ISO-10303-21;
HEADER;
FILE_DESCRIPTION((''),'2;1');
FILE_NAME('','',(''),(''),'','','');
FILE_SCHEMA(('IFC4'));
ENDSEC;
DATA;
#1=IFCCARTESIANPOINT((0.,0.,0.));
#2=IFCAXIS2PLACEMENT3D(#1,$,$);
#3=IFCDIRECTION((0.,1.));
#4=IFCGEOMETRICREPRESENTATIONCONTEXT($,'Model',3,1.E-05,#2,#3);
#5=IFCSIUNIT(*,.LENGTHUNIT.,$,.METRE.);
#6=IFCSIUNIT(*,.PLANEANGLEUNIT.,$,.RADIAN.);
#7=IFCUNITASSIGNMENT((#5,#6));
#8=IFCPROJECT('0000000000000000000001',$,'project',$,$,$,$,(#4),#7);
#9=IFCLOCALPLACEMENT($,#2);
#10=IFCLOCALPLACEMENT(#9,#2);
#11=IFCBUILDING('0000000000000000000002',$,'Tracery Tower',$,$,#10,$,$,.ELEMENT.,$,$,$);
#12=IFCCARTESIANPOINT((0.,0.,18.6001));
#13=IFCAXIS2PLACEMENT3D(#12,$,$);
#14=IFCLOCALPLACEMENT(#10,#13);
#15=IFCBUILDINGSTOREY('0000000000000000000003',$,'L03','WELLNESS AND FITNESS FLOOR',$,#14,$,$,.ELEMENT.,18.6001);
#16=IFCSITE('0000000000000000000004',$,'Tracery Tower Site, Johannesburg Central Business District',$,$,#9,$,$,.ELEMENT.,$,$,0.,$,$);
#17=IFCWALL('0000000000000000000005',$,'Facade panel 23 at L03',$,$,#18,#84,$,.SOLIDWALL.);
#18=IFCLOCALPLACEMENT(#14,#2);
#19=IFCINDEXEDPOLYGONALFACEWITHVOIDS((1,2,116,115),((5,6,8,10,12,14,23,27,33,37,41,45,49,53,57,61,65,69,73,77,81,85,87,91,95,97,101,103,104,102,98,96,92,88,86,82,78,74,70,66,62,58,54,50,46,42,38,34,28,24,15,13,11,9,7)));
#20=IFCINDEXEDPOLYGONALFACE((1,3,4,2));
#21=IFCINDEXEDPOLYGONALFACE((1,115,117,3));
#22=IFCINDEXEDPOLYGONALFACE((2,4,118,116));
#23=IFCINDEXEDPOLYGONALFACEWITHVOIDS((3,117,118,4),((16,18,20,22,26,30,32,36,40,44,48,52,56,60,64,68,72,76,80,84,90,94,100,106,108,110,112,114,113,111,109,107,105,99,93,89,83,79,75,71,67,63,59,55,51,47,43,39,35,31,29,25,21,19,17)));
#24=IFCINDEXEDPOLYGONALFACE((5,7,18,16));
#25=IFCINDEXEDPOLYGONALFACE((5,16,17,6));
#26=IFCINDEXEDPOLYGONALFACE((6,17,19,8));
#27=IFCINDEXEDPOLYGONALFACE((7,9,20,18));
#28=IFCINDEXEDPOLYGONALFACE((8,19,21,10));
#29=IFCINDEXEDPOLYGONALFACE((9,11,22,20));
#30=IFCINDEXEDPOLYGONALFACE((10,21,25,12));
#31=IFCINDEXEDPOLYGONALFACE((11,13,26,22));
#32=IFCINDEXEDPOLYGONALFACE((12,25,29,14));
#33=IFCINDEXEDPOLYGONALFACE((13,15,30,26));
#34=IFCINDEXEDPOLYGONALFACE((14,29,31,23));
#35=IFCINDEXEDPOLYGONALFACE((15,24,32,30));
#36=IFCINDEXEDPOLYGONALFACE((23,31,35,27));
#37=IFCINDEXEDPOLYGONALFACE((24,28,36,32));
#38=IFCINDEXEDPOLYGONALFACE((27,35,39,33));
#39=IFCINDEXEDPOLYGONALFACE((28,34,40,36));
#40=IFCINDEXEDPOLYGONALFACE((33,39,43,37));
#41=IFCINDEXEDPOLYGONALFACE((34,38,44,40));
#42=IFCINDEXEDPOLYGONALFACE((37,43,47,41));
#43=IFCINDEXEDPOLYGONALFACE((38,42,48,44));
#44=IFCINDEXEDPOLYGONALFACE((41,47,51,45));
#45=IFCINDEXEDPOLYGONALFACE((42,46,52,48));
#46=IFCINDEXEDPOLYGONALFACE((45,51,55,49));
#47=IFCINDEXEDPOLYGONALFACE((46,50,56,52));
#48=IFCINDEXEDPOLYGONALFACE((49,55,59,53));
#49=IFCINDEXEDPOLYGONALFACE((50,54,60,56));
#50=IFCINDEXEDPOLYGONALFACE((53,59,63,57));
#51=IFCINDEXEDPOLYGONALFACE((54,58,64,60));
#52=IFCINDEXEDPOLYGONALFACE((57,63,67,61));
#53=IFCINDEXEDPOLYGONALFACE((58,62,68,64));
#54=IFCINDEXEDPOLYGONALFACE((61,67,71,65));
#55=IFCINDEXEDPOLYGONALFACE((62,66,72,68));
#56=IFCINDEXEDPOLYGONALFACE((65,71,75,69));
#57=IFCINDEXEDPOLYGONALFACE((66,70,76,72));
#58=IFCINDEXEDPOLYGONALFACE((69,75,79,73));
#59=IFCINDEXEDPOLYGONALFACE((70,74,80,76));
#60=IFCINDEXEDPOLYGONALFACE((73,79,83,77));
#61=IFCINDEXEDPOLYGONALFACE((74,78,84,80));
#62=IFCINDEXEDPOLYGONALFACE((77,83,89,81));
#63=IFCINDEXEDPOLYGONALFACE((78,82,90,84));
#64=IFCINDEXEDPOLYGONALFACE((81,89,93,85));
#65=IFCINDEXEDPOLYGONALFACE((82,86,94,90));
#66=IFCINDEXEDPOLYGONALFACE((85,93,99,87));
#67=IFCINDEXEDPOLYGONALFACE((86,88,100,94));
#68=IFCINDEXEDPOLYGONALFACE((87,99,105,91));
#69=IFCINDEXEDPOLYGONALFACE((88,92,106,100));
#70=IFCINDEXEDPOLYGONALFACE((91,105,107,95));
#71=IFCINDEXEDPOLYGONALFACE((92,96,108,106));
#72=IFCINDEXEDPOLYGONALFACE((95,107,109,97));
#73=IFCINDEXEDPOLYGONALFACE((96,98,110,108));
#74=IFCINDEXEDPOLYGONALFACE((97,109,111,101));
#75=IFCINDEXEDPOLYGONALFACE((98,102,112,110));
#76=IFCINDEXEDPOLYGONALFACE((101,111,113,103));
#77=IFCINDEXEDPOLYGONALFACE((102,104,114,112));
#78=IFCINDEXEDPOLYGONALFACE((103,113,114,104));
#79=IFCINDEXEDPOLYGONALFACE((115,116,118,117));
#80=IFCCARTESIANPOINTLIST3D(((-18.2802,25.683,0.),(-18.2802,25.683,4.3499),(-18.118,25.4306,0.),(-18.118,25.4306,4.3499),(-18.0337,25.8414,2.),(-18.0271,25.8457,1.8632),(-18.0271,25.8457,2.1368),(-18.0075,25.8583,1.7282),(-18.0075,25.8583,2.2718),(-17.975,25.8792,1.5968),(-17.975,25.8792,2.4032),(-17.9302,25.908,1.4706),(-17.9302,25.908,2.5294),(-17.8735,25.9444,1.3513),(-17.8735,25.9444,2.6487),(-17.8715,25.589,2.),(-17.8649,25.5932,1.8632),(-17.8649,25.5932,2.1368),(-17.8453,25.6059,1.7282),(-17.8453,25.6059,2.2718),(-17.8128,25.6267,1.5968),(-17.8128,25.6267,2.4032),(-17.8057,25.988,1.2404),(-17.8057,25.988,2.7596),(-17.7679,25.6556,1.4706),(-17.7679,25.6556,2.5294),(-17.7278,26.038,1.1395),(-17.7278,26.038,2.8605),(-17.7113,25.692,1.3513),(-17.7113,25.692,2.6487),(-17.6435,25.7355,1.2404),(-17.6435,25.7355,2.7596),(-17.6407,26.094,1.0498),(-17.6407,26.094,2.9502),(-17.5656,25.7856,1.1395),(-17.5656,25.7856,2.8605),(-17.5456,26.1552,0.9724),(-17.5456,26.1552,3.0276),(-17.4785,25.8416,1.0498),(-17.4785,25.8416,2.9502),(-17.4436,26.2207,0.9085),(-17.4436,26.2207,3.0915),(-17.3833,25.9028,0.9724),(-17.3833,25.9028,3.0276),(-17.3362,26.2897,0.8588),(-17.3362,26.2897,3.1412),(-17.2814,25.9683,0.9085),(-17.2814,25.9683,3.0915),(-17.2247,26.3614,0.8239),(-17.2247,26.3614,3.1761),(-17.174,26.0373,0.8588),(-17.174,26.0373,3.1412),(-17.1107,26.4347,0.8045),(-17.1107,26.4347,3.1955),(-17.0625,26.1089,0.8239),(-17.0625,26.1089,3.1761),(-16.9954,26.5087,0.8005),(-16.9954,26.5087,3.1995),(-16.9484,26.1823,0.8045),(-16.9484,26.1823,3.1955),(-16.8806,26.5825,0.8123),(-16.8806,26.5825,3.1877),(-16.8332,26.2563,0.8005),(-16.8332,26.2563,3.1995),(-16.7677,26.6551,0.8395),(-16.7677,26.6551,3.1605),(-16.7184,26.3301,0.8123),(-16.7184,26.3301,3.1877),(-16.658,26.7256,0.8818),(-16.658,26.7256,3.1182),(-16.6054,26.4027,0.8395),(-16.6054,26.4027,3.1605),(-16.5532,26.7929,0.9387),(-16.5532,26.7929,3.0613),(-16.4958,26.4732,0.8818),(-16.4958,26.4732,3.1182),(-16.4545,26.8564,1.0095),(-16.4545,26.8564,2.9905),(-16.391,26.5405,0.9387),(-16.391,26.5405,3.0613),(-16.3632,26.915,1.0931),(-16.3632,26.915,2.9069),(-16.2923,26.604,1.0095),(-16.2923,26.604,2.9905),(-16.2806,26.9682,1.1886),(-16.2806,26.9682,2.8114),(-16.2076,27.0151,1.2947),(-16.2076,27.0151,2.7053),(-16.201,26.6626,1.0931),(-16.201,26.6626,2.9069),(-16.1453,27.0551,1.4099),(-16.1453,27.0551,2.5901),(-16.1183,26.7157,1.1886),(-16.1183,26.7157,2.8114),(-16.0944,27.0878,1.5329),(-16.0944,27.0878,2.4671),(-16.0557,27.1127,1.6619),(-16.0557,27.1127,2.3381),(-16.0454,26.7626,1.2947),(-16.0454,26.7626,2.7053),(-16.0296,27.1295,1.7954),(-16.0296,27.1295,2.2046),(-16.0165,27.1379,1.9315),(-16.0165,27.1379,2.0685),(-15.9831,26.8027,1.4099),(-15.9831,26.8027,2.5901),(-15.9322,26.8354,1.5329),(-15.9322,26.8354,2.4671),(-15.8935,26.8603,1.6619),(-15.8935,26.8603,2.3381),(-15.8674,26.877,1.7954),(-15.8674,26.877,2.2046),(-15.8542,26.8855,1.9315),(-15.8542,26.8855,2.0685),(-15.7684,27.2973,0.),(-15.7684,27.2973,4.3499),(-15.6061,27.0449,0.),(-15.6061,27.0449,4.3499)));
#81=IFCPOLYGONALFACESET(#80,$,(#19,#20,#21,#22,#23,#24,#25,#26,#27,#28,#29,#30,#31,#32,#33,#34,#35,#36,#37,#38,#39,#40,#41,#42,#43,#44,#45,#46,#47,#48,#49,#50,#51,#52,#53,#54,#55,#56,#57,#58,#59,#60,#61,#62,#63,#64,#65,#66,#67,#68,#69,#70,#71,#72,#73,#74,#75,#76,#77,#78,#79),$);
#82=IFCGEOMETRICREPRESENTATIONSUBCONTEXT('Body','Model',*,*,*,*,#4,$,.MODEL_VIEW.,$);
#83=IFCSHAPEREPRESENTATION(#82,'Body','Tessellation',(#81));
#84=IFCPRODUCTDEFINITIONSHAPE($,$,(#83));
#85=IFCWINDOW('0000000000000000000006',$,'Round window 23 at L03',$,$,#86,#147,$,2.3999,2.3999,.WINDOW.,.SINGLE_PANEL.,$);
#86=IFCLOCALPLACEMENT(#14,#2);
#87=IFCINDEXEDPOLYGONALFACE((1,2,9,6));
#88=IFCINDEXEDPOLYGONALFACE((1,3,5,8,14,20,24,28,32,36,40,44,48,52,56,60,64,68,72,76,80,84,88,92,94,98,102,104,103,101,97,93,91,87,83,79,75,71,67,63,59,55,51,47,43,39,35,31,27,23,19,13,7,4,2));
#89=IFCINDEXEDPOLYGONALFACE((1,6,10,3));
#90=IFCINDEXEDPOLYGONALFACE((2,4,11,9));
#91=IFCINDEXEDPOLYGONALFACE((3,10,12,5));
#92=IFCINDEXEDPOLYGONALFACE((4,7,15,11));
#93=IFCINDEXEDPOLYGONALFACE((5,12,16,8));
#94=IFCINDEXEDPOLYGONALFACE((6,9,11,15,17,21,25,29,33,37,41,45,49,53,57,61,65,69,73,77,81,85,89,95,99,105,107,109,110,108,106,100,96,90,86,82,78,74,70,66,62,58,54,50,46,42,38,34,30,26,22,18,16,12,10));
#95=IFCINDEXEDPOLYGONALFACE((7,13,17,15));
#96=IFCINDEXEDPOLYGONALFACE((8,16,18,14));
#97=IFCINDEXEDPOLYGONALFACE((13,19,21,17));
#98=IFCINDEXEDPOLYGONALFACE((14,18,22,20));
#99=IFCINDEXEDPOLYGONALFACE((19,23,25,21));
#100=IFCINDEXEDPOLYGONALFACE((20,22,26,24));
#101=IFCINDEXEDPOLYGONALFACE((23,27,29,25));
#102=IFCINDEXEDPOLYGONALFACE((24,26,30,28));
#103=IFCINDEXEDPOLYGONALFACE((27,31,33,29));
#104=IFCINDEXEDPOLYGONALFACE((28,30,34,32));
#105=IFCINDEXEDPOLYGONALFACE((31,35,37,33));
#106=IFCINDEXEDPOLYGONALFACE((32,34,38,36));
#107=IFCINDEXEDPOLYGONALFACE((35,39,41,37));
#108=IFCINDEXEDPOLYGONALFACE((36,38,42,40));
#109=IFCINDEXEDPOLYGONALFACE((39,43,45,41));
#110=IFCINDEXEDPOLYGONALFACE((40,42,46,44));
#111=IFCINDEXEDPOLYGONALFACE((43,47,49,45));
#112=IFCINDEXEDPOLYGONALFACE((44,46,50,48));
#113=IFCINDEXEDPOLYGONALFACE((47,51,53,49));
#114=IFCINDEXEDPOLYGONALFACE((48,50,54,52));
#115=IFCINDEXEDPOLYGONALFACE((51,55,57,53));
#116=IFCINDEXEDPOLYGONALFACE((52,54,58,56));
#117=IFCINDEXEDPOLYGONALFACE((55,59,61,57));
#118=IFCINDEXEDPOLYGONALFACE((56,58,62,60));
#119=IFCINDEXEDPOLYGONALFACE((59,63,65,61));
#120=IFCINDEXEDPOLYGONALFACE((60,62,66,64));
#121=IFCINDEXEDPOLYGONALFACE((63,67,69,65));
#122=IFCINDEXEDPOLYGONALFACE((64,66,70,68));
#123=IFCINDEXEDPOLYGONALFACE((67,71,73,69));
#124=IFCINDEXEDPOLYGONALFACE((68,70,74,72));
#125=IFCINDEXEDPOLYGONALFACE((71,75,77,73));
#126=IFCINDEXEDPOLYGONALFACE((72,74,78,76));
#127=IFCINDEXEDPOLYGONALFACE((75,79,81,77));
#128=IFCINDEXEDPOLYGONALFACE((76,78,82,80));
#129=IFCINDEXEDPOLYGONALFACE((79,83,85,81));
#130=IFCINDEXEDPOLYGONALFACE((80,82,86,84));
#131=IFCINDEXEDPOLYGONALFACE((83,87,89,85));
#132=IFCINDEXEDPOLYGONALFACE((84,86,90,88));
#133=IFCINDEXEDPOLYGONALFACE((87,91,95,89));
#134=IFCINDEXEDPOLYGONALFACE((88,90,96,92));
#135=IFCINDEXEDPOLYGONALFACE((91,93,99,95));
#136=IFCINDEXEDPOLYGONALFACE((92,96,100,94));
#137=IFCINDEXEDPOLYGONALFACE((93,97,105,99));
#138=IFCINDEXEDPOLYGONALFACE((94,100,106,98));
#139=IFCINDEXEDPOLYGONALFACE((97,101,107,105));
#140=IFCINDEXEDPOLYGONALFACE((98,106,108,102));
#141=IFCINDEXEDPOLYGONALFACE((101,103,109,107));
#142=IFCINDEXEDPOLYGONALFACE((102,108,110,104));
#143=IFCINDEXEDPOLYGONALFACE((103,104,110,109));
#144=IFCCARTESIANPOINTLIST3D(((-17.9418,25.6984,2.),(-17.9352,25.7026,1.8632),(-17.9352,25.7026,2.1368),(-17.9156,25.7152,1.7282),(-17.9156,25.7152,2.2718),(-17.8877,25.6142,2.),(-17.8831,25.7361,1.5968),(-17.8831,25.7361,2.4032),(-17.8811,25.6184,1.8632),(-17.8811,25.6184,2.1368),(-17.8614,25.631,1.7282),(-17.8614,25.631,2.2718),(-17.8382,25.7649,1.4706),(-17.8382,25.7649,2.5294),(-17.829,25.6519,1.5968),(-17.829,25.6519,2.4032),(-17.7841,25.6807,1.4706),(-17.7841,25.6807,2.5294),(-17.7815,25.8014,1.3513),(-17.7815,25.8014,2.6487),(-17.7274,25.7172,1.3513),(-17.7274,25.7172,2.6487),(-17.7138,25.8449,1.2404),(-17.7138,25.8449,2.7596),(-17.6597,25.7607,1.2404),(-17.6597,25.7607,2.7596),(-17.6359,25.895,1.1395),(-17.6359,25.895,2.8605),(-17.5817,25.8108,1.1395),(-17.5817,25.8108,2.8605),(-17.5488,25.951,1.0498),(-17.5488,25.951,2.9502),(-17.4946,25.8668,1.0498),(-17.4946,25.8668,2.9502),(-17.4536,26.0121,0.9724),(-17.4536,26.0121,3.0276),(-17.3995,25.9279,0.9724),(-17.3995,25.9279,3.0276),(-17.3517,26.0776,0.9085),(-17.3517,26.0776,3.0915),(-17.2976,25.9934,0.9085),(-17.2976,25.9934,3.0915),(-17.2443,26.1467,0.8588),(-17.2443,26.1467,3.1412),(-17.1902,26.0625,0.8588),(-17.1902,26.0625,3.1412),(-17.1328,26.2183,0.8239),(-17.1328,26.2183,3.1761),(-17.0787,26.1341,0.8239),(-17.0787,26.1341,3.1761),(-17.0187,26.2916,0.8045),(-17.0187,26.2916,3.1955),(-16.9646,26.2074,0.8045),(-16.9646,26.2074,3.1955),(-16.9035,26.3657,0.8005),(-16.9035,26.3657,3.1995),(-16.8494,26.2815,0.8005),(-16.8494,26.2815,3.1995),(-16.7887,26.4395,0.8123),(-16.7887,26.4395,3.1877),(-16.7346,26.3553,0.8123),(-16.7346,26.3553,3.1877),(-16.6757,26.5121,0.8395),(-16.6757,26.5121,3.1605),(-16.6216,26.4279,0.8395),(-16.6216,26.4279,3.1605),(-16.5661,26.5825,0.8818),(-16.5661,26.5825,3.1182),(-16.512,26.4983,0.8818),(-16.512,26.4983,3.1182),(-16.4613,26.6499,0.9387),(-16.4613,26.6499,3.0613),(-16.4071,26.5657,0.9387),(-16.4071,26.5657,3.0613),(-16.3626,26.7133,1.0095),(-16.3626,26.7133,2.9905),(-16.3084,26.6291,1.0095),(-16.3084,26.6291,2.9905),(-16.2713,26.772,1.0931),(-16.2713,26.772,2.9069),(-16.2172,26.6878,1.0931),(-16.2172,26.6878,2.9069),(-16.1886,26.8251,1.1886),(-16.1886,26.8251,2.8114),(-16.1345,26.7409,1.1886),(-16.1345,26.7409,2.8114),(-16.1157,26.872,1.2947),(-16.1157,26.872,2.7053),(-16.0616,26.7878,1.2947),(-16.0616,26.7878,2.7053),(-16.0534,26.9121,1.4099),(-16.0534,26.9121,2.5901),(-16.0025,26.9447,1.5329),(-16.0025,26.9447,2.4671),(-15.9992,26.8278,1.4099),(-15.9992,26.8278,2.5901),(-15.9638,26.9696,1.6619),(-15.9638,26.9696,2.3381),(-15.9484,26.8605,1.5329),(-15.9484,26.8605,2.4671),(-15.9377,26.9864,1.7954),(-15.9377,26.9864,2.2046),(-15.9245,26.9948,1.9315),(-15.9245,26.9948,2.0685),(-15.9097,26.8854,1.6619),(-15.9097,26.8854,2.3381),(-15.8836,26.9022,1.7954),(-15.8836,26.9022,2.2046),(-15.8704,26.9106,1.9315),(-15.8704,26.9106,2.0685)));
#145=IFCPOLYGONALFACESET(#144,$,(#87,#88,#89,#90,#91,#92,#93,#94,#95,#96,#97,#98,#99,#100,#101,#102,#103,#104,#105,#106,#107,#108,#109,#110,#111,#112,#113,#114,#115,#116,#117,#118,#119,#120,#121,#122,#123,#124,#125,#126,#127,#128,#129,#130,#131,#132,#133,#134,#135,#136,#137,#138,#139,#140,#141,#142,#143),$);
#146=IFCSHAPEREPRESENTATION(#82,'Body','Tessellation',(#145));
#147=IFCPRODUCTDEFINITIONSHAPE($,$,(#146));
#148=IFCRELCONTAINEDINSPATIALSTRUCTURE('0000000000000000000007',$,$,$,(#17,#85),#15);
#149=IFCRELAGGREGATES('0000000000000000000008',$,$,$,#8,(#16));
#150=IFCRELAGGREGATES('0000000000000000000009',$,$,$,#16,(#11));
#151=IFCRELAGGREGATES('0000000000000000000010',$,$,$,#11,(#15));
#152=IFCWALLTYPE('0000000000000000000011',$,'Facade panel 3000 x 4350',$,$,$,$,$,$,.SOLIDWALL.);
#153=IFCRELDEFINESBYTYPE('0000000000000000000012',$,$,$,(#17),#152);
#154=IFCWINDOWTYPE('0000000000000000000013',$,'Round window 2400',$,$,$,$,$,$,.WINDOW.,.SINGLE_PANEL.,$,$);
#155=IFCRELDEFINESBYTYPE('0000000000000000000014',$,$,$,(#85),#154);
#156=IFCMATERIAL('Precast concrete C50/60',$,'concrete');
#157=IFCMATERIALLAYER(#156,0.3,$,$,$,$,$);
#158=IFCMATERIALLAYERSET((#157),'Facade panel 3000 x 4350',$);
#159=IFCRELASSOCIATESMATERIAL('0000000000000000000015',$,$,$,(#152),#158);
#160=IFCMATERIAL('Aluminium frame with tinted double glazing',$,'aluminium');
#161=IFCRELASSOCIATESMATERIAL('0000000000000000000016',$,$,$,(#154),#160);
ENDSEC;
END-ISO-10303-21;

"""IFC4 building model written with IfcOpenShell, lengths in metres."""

from ifc_helpers import new_model, si_unit, direction, frame, frame_2d, origin, origin_2d, place, context, subcontext, project, spatial, rectangle, circle, extrude, material, layer, layer_set, type_object, element, fill, save


model = new_model("IFC4")

# Units and contexts
model_context = context("Model", 3, precision=1e-05, world=origin(), true_north=direction((0.0, 1.0)))
body_context = subcontext(model_context, "Body", "Model", "MODEL_VIEW")
ifc_project = project(units=[si_unit("LENGTHUNIT", "METRE"), si_unit("PLANEANGLEUNIT", "RADIAN")], contexts=[model_context])

# Site, building, storey
site_placement = place(None, origin())
site = spatial("IfcSite", under=ifc_project, at=site_placement, Name="Tracery Tower Site, Johannesburg Central Business District", CompositionType="ELEMENT", RefElevation=0.0)
building_placement = place(site_placement, origin())
building = spatial("IfcBuilding", under=site, at=building_placement, Name="Tracery Tower", CompositionType="ELEMENT")
storey_placement = place(building_placement, frame((0.0, 0.0, 18.6001)))
storey = spatial("IfcBuildingStorey", under=building, at=storey_placement, Name="L03", Description="WELLNESS AND FITNESS FLOOR", CompositionType="ELEMENT", Elevation=18.6001)

# Wall, opening, window
ifc_material_1 = material(Name="Precast concrete C50/60", Category="concrete")
ifc_layer_1 = layer(ifc_material_1, 0.3)
ifc_layer_set_1 = layer_set([ifc_layer_1], Name="Facade panel 3000 x 4350")
wall_type_1 = type_object("IfcWallType", Name="Facade panel 3000 x 4350", PredefinedType="SOLIDWALL", material=ifc_layer_set_1)
ifc_material_2 = material(Name="Aluminium frame with tinted double glazing", Category="aluminium")
window_type = type_object("IfcWindowType", Name="Round window 2400", PartitioningType="SINGLE_PANEL", PredefinedType="WINDOW", material=ifc_material_2)
wall_1_placement = place(storey_placement, frame((-15.6873, 27.1711, 0.0), z_axis=(0.0, 0.0, 1.0), x_axis=(-0.841242, -0.540658, 0.0)))
wall_1 = element("IfcWall", 1, at=wall_1_placement, inside=storey, type_object=wall_type_1, Name="Facade panel 23 at L03", PredefinedType="SOLIDWALL", context=body_context, shape_type="SweptSolid", body=[
    extrude(rectangle(XDim=2.9858, YDim=0.3, at=frame_2d((1.4929, 0.0))), origin(), (0.0, 0.0, 1.0), 4.3499),
])
opening_1_placement = place(wall_1_placement, frame((1.4929, 0.0, 2.0)))
opening_1 = element("IfcOpeningElement", 2, at=opening_1_placement, cuts=wall_1, PredefinedType="OPENING", context=body_context, shape_type="SweptSolid", body=[
    extrude(circle(Radius=1.2, at=origin_2d()), frame((0.0, 0.1599, 0.0), z_axis=(0.0, -1.0, 0.0), x_axis=(1.0, 0.0, 0.0)), (0.0, 0.0, 1.0), 0.3201),
])
window_1_placement = place(opening_1_placement, origin())
window_1 = element("IfcWindow", 3, at=window_1_placement, inside=storey, type_object=window_type, Name="Round window 23 at L03", OverallHeight=2.3999, OverallWidth=2.3999, PartitioningType="SINGLE_PANEL", PredefinedType="WINDOW", context=body_context, shape_type="SweptSolid", body=[
    extrude(circle(Radius=1.2, at=origin_2d()), frame((0.0, 0.1201, 0.0), z_axis=(0.0, -1.0, 0.0), x_axis=(1.0, 0.0, 0.0)), (0.0, 0.0, 1.0), 0.1001),
])
fill(opening_1, window_1)

save(model, "model.ifc")
